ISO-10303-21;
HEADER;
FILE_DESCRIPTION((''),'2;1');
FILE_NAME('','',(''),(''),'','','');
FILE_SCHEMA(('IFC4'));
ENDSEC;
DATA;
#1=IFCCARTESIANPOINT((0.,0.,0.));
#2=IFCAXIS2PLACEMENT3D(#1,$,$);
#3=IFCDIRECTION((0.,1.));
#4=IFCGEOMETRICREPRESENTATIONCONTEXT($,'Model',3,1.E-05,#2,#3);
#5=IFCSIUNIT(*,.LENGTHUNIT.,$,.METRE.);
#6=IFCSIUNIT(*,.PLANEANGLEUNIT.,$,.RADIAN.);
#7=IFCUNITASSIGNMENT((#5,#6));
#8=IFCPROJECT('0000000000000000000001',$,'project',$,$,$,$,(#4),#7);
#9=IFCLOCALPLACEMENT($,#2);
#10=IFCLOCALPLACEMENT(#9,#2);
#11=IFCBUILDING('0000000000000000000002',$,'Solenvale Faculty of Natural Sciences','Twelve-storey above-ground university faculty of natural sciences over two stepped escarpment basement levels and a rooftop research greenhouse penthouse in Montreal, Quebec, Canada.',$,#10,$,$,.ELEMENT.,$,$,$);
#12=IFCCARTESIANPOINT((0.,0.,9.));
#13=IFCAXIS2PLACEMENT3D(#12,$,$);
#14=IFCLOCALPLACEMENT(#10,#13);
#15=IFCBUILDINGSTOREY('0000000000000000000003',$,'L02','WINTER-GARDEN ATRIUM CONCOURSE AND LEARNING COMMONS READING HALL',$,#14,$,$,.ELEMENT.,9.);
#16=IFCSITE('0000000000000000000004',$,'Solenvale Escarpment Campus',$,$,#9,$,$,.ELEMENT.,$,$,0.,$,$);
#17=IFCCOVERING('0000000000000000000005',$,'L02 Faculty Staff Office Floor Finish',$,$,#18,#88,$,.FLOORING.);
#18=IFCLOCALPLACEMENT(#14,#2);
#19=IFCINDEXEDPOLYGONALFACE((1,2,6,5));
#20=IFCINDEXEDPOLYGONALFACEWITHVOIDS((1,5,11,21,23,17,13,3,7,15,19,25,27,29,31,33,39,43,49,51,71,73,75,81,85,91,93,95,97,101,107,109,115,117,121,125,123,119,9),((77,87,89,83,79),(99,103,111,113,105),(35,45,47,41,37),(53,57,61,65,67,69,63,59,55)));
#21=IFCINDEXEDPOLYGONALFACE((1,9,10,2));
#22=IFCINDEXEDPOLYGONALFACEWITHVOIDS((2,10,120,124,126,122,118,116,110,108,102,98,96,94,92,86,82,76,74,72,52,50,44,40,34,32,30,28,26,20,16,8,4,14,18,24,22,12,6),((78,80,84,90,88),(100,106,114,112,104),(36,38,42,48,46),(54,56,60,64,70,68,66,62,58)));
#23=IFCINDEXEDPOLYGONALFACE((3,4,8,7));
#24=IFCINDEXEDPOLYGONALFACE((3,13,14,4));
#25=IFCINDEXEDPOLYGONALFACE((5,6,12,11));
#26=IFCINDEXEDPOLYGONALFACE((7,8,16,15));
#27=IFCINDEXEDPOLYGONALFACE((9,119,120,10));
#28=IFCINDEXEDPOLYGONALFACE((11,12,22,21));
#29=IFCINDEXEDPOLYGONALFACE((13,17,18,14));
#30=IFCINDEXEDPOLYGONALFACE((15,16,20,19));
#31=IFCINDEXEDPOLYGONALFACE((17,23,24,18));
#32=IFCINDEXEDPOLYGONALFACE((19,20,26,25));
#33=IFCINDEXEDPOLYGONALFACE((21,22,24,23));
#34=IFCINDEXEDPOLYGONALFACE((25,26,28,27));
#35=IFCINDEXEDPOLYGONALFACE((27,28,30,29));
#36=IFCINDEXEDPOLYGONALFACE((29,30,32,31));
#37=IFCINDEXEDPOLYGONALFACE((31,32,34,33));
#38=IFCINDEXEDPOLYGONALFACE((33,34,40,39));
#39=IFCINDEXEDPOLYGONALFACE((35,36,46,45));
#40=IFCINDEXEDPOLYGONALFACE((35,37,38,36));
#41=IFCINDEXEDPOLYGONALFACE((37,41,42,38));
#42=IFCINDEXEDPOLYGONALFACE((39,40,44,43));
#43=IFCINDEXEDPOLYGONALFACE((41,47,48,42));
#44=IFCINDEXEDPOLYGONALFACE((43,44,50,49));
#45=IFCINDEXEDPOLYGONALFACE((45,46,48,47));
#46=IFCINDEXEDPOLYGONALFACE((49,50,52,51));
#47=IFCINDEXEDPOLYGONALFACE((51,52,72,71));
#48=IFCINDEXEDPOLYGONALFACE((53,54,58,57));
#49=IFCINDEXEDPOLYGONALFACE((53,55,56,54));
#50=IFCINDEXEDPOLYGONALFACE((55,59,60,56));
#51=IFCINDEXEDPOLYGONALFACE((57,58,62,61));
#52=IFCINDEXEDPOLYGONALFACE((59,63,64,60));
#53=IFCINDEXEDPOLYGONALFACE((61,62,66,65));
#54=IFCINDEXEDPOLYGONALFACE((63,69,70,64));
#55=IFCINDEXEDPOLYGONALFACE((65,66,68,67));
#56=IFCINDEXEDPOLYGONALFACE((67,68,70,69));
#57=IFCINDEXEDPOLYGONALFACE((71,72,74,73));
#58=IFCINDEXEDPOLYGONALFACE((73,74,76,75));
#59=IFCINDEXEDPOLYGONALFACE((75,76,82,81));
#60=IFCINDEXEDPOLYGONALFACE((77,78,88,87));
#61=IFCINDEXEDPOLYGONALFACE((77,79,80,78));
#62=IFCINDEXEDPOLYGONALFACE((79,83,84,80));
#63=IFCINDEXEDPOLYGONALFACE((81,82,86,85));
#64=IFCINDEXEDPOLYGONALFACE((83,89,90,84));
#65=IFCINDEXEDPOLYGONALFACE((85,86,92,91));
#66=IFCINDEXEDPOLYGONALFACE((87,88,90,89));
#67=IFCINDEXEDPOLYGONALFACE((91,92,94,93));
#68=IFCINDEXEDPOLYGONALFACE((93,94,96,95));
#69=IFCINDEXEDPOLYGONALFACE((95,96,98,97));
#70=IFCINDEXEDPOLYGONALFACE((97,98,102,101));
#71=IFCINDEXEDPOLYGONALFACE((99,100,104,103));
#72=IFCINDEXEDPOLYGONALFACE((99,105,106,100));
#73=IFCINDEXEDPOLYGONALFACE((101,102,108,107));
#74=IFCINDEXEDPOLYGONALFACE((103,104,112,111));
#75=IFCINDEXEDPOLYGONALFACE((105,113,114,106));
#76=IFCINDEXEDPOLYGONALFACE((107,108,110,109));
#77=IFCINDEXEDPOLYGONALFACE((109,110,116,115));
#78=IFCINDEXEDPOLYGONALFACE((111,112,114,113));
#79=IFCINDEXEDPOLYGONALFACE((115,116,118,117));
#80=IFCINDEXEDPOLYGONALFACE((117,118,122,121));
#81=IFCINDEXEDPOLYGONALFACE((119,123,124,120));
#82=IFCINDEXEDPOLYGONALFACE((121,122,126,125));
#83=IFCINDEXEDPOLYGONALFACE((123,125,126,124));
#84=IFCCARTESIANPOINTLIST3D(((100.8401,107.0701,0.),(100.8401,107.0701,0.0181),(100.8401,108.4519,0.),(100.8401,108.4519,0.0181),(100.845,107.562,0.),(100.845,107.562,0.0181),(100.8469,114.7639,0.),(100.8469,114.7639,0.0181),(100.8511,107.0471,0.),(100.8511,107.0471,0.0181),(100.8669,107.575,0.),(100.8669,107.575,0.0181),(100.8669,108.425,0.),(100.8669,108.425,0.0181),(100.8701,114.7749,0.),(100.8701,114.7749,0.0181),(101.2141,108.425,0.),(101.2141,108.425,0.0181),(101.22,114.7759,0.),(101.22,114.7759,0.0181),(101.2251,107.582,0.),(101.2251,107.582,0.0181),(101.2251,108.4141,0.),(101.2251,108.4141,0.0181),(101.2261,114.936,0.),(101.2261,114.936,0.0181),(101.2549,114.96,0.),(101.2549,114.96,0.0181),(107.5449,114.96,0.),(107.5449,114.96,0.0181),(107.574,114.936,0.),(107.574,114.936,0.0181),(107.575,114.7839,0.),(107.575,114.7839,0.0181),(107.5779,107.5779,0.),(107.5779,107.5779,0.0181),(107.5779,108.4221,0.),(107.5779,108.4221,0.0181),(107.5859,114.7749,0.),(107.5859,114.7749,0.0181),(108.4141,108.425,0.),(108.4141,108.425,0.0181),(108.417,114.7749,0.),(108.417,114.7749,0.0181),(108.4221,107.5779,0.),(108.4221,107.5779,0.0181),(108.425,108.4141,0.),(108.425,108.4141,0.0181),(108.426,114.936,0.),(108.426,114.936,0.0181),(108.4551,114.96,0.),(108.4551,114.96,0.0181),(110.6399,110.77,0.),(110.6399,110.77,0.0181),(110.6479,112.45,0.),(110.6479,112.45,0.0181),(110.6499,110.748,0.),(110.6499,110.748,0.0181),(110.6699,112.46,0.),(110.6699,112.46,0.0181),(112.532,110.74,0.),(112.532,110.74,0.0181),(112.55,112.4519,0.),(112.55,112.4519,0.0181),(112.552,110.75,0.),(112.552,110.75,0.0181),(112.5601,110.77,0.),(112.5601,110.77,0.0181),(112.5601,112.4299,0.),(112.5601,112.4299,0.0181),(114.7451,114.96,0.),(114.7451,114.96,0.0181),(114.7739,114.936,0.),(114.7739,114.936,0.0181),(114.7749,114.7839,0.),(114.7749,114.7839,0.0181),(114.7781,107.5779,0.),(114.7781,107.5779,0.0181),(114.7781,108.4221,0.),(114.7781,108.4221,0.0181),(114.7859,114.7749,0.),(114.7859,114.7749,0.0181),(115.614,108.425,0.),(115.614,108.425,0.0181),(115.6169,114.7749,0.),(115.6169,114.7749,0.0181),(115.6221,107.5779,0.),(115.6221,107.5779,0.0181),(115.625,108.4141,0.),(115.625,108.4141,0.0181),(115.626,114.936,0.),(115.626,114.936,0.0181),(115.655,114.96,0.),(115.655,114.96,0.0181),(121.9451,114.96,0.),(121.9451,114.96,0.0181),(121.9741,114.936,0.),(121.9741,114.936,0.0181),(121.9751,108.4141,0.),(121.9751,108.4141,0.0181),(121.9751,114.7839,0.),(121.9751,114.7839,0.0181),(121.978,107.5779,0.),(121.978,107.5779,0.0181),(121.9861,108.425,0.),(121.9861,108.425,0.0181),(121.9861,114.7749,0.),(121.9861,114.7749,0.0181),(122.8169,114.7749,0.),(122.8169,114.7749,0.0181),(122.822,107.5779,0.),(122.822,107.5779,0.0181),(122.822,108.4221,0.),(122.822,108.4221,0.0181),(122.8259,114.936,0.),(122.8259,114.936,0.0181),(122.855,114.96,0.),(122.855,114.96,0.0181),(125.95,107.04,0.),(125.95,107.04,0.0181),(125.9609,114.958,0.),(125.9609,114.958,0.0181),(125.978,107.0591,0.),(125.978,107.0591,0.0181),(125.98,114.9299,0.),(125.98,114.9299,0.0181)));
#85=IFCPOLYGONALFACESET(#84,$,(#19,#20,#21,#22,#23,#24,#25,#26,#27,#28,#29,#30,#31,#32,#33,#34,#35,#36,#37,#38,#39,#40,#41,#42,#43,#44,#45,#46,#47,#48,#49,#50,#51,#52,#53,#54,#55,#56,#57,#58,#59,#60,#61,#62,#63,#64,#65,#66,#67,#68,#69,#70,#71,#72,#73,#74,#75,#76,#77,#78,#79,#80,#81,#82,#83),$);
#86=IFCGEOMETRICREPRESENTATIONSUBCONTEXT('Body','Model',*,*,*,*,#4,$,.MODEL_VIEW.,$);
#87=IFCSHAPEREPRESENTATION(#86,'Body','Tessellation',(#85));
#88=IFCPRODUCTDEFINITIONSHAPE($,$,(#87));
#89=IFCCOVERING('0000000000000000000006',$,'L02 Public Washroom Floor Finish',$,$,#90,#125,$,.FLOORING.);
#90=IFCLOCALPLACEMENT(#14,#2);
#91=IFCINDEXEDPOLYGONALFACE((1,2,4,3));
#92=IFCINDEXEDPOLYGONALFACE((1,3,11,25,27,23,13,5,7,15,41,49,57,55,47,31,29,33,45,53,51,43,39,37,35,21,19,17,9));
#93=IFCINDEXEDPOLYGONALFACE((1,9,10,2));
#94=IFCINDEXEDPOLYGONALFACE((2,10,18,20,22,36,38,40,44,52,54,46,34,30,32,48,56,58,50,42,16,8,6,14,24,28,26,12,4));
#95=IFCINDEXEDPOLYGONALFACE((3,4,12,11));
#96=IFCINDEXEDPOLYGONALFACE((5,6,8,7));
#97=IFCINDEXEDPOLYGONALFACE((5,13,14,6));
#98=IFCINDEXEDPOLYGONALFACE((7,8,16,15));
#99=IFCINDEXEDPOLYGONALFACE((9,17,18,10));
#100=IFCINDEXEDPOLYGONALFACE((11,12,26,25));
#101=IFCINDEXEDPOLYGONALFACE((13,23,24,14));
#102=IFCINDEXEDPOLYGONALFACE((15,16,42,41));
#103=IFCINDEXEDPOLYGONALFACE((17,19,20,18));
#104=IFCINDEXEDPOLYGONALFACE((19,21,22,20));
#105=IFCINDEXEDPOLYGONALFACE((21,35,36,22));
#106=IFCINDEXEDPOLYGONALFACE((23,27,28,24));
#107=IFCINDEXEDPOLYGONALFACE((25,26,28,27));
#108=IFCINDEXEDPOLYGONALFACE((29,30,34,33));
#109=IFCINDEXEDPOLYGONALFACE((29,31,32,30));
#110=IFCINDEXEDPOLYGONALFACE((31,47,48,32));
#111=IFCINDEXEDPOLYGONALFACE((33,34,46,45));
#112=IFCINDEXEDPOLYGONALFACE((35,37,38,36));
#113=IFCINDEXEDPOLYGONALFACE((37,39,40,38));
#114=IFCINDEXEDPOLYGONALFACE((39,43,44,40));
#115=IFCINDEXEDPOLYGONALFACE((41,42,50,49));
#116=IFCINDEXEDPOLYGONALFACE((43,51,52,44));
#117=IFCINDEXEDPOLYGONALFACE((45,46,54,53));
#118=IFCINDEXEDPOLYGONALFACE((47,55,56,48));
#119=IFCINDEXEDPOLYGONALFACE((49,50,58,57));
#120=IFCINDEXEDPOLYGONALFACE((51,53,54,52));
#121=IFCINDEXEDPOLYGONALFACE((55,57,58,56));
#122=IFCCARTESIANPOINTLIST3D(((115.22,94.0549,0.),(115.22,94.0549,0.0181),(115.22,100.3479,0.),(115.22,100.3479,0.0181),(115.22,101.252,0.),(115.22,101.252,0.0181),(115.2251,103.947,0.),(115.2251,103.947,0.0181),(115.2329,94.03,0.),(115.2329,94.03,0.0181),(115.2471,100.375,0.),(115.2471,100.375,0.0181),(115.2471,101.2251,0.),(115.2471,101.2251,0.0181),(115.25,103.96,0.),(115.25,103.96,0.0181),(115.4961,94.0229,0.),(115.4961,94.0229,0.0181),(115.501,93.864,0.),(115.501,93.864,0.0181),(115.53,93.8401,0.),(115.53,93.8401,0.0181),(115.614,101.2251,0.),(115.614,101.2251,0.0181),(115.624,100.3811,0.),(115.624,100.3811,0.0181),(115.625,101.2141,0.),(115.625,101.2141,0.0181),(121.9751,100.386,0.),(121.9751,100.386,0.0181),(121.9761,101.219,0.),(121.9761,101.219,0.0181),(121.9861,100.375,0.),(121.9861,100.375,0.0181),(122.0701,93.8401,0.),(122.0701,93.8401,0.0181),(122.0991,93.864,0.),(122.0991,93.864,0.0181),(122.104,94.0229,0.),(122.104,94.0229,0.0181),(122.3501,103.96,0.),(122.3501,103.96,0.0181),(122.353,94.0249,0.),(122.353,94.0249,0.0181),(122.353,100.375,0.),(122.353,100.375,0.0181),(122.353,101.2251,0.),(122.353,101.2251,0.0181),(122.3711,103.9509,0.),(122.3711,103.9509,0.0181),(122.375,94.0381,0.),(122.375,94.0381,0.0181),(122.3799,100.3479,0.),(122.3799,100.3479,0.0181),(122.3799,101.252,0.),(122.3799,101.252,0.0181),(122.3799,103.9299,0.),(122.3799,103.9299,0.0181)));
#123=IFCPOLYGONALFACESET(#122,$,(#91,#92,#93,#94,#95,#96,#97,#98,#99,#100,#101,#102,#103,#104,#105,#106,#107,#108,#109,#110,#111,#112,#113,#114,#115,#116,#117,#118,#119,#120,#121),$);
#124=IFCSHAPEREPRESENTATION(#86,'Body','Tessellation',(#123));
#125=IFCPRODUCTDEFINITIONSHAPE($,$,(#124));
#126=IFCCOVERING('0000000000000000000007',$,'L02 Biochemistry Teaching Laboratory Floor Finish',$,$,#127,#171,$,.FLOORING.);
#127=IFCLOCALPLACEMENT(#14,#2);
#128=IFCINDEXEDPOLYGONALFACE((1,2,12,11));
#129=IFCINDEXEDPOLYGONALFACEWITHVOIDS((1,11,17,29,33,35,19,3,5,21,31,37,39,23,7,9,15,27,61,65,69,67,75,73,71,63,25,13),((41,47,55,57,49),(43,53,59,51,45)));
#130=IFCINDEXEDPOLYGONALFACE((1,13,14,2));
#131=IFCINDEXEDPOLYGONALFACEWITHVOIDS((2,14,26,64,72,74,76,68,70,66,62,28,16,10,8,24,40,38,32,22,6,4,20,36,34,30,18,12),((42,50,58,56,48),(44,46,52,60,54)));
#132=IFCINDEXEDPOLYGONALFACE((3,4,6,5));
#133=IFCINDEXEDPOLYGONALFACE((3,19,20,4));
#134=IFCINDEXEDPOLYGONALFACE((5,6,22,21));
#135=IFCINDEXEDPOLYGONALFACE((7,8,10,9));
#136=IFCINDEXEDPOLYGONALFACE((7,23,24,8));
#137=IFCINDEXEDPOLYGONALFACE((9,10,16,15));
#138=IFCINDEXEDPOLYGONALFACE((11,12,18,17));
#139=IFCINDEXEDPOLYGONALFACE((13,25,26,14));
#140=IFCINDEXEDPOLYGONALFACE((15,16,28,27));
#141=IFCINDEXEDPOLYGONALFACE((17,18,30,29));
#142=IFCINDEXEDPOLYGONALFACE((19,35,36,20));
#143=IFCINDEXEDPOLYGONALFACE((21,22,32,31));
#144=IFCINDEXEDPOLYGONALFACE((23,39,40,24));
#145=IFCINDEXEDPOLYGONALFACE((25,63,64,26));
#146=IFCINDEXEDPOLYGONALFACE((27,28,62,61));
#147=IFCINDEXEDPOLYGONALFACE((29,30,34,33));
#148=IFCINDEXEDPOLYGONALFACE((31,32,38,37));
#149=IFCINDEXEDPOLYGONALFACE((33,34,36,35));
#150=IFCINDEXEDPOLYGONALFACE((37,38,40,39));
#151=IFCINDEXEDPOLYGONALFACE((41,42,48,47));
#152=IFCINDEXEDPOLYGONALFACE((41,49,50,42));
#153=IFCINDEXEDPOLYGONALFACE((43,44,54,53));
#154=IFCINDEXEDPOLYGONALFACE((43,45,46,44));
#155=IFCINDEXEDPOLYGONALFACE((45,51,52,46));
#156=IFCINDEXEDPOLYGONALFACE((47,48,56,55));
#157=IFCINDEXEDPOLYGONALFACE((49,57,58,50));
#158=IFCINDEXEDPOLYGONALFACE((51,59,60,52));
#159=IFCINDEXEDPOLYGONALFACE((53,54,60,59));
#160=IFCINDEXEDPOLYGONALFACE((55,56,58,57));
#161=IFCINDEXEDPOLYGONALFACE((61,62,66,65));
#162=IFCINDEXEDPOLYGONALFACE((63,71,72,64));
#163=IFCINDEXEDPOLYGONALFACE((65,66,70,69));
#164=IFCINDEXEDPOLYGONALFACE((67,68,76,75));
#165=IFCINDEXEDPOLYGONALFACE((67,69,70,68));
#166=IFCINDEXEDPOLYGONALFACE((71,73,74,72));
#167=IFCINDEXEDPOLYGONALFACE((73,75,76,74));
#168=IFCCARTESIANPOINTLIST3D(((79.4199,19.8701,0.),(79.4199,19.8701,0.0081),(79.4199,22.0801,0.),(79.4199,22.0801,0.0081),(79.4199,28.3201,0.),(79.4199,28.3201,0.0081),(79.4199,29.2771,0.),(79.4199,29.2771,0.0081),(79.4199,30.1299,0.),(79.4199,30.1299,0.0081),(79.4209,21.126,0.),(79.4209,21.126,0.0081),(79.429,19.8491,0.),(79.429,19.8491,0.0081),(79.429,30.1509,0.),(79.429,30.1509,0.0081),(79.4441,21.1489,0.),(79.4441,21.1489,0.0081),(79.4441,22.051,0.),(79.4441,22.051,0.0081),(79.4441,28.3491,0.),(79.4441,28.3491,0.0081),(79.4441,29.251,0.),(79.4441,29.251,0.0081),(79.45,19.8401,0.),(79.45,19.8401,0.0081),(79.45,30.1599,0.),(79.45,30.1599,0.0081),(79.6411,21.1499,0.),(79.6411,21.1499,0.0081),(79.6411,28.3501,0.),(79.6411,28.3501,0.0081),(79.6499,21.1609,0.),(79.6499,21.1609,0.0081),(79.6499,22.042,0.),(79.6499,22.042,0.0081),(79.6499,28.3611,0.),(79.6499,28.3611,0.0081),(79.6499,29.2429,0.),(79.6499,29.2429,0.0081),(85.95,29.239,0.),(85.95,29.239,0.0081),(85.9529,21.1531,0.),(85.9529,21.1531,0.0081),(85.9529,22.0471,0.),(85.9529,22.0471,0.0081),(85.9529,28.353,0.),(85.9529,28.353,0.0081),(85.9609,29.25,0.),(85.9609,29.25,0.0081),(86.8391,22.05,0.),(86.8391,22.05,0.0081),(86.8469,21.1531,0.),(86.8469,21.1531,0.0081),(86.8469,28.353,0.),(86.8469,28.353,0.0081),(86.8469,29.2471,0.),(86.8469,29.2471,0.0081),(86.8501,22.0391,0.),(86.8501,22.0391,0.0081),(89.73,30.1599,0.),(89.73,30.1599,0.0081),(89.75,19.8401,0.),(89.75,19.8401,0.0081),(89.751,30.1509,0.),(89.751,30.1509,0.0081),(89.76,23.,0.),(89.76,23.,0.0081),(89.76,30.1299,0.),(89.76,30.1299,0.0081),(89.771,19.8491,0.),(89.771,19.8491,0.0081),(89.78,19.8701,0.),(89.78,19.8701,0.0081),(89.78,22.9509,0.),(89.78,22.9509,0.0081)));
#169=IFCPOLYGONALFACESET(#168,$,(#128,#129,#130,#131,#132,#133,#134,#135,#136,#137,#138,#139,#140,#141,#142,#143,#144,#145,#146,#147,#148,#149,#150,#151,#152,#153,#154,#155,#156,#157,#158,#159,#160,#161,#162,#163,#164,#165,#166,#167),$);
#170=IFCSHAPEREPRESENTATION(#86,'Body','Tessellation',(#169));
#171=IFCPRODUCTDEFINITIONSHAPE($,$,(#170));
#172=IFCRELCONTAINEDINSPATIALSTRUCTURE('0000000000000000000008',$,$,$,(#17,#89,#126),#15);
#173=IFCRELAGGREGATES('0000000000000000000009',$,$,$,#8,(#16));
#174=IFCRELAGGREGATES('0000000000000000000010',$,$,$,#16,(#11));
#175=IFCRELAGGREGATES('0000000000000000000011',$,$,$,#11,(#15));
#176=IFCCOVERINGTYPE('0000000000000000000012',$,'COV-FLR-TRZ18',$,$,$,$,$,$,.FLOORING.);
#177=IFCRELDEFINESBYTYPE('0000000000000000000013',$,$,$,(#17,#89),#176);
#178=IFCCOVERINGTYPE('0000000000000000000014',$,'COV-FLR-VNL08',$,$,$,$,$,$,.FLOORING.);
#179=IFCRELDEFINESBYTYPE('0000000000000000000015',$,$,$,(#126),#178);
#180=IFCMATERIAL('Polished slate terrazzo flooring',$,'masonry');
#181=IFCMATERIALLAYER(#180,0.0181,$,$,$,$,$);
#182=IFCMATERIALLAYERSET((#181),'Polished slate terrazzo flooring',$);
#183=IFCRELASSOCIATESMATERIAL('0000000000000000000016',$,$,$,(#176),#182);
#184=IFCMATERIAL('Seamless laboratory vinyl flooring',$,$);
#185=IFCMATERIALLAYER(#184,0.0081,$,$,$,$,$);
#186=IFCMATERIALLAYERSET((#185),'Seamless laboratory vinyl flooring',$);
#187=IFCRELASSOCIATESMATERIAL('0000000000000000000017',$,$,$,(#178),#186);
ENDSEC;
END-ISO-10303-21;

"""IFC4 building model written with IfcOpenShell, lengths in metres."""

from ifc_helpers import new_model, si_unit, direction, frame, origin, place, context, subcontext, project, spatial, polyline, outline, extrude, material, layer, layer_set, type_object, element, save


model = new_model("IFC4")

# Units and contexts
model_context = context("Model", 3, precision=1e-05, world=origin(), true_north=direction((0.0, 1.0)))
body_context = subcontext(model_context, "Body", "Model", "MODEL_VIEW")
ifc_project = project(units=[si_unit("LENGTHUNIT", "METRE"), si_unit("PLANEANGLEUNIT", "RADIAN")], contexts=[model_context])

# Site, building, storey
site_placement = place(None, origin())
site = spatial("IfcSite", under=ifc_project, at=site_placement, Name="Solenvale Escarpment Campus", CompositionType="ELEMENT", RefElevation=0.0)
building_placement = place(site_placement, origin())
building = spatial("IfcBuilding", under=site, at=building_placement, Name="Solenvale Faculty of Natural Sciences", Description="Twelve-storey above-ground university faculty of natural sciences over two stepped escarpment basement levels and a rooftop research greenhouse penthouse in Montreal, Quebec, Canada.", CompositionType="ELEMENT")
storey_placement = place(building_placement, frame((0.0, 0.0, 9.0)))
storey = spatial("IfcBuildingStorey", under=building, at=storey_placement, Name="L02", Description="WINTER-GARDEN ATRIUM CONCOURSE AND LEARNING COMMONS READING HALL", CompositionType="ELEMENT", Elevation=9.0)

# Coverings
ifc_material_1 = material(Name="Polished slate terrazzo flooring", Category="masonry")
ifc_layer_1 = layer(ifc_material_1, 0.0181)
ifc_layer_set_1 = layer_set([ifc_layer_1], Name="Polished slate terrazzo flooring")
covering_type_1 = type_object("IfcCoveringType", Name="COV-FLR-TRZ18", PredefinedType="FLOORING", material=ifc_layer_set_1)
covering_1_placement = place(storey_placement, origin())
element("IfcCovering", 1, at=covering_1_placement, inside=storey, type_object=covering_type_1, Name="L02 Faculty Staff Office Floor Finish", PredefinedType="FLOORING", context=body_context, shape_type="SweptSolid", body=[
    extrude(outline(polyline([(107.5449, 114.96), (107.574, 114.936), (107.575, 114.7839), (107.5859, 114.7749), (108.417, 114.7749), (108.426, 114.936), (108.4551, 114.96), (114.7451, 114.96), (114.7739, 114.936), (114.7749, 114.7839), (114.7859, 114.7749), (115.6169, 114.7749), (115.626, 114.936), (115.655, 114.96), (121.9451, 114.96), (121.9741, 114.936), (121.9751, 114.7839), (121.9861, 114.7749), (122.8169, 114.7749), (122.8259, 114.936), (122.855, 114.96), (125.9609, 114.958), (125.98, 114.9299), (125.978, 107.0591), (125.95, 107.04), (100.8511, 107.0471), (100.8401, 107.0701), (100.845, 107.562), (100.8669, 107.575), (101.2251, 107.582), (101.2251, 108.4141), (101.2141, 108.425), (100.8669, 108.425), (100.8401, 108.4519), (100.8469, 114.7639), (100.8701, 114.7749), (101.22, 114.7759), (101.2261, 114.936), (101.2549, 114.96), (107.5449, 114.96)]), holes=[polyline([(121.9861, 108.425), (121.9751, 108.4141), (121.978, 107.5779), (122.822, 107.5779), (122.822, 108.4221), (121.9861, 108.425)]), polyline([(115.625, 108.4141), (115.614, 108.425), (114.7781, 108.4221), (114.7781, 107.5779), (115.6221, 107.5779), (115.625, 108.4141)]), polyline([(112.532, 110.74), (112.552, 110.75), (112.5601, 110.77), (112.5601, 112.4299), (112.55, 112.4519), (110.6699, 112.46), (110.6479, 112.45), (110.6399, 110.77), (110.6499, 110.748), (112.532, 110.74)]), polyline([(108.425, 108.4141), (108.4141, 108.425), (107.5779, 108.4221), (107.5779, 107.5779), (108.4221, 107.5779), (108.425, 108.4141)])]), origin(), (0.0, 0.0, 1.0), 0.0181),
])
covering_2_placement = place(storey_placement, origin())
element("IfcCovering", 2, at=covering_2_placement, inside=storey, type_object=covering_type_1, Name="L02 Public Washroom Floor Finish", PredefinedType="FLOORING", context=body_context, shape_type="SweptSolid", body=[
    extrude(outline(polyline([(122.3501, 103.96), (122.3711, 103.9509), (122.3799, 103.9299), (122.3799, 101.252), (122.353, 101.2251), (121.9761, 101.219), (121.9751, 100.386), (121.9861, 100.375), (122.353, 100.375), (122.3799, 100.3479), (122.375, 94.0381), (122.353, 94.0249), (122.104, 94.0229), (122.0991, 93.864), (122.0701, 93.8401), (115.53, 93.8401), (115.501, 93.864), (115.4961, 94.0229), (115.2329, 94.03), (115.22, 94.0549), (115.22, 100.3479), (115.2471, 100.375), (115.624, 100.3811), (115.625, 101.2141), (115.614, 101.2251), (115.2471, 101.2251), (115.22, 101.252), (115.2251, 103.947), (115.25, 103.96), (122.3501, 103.96)])), origin(), (0.0, 0.0, 1.0), 0.0181),
])
ifc_material_2 = material(Name="Seamless laboratory vinyl flooring")
ifc_layer_2 = layer(ifc_material_2, 0.0081)
ifc_layer_set_2 = layer_set([ifc_layer_2], Name="Seamless laboratory vinyl flooring")
covering_type_2 = type_object("IfcCoveringType", Name="COV-FLR-VNL08", PredefinedType="FLOORING", material=ifc_layer_set_2)
covering_3_placement = place(storey_placement, origin())
element("IfcCovering", 3, at=covering_3_placement, inside=storey, type_object=covering_type_2, Name="L02 Biochemistry Teaching Laboratory Floor Finish", PredefinedType="FLOORING", context=body_context, shape_type="SweptSolid", body=[
    extrude(outline(polyline([(89.73, 30.1599), (89.751, 30.1509), (89.76, 30.1299), (89.76, 23.0), (89.78, 22.9509), (89.78, 19.8701), (89.771, 19.8491), (89.75, 19.8401), (79.45, 19.8401), (79.429, 19.8491), (79.4199, 19.8701), (79.4209, 21.126), (79.4441, 21.1489), (79.6411, 21.1499), (79.6499, 21.1609), (79.6499, 22.042), (79.4441, 22.051), (79.4199, 22.0801), (79.4199, 28.3201), (79.4441, 28.3491), (79.6411, 28.3501), (79.6499, 28.3611), (79.6499, 29.2429), (79.4441, 29.251), (79.4199, 29.2771), (79.4199, 30.1299), (79.429, 30.1509), (79.45, 30.1599), (89.73, 30.1599)]), holes=[polyline([(85.9609, 29.25), (85.95, 29.239), (85.9529, 28.353), (86.8469, 28.353), (86.8469, 29.2471), (85.9609, 29.25)]), polyline([(86.8501, 22.0391), (86.8391, 22.05), (85.9529, 22.0471), (85.9529, 21.1531), (86.8469, 21.1531), (86.8501, 22.0391)])]), origin(), (0.0, 0.0, 1.0), 0.0081),
])

save(model, "model.ifc")
